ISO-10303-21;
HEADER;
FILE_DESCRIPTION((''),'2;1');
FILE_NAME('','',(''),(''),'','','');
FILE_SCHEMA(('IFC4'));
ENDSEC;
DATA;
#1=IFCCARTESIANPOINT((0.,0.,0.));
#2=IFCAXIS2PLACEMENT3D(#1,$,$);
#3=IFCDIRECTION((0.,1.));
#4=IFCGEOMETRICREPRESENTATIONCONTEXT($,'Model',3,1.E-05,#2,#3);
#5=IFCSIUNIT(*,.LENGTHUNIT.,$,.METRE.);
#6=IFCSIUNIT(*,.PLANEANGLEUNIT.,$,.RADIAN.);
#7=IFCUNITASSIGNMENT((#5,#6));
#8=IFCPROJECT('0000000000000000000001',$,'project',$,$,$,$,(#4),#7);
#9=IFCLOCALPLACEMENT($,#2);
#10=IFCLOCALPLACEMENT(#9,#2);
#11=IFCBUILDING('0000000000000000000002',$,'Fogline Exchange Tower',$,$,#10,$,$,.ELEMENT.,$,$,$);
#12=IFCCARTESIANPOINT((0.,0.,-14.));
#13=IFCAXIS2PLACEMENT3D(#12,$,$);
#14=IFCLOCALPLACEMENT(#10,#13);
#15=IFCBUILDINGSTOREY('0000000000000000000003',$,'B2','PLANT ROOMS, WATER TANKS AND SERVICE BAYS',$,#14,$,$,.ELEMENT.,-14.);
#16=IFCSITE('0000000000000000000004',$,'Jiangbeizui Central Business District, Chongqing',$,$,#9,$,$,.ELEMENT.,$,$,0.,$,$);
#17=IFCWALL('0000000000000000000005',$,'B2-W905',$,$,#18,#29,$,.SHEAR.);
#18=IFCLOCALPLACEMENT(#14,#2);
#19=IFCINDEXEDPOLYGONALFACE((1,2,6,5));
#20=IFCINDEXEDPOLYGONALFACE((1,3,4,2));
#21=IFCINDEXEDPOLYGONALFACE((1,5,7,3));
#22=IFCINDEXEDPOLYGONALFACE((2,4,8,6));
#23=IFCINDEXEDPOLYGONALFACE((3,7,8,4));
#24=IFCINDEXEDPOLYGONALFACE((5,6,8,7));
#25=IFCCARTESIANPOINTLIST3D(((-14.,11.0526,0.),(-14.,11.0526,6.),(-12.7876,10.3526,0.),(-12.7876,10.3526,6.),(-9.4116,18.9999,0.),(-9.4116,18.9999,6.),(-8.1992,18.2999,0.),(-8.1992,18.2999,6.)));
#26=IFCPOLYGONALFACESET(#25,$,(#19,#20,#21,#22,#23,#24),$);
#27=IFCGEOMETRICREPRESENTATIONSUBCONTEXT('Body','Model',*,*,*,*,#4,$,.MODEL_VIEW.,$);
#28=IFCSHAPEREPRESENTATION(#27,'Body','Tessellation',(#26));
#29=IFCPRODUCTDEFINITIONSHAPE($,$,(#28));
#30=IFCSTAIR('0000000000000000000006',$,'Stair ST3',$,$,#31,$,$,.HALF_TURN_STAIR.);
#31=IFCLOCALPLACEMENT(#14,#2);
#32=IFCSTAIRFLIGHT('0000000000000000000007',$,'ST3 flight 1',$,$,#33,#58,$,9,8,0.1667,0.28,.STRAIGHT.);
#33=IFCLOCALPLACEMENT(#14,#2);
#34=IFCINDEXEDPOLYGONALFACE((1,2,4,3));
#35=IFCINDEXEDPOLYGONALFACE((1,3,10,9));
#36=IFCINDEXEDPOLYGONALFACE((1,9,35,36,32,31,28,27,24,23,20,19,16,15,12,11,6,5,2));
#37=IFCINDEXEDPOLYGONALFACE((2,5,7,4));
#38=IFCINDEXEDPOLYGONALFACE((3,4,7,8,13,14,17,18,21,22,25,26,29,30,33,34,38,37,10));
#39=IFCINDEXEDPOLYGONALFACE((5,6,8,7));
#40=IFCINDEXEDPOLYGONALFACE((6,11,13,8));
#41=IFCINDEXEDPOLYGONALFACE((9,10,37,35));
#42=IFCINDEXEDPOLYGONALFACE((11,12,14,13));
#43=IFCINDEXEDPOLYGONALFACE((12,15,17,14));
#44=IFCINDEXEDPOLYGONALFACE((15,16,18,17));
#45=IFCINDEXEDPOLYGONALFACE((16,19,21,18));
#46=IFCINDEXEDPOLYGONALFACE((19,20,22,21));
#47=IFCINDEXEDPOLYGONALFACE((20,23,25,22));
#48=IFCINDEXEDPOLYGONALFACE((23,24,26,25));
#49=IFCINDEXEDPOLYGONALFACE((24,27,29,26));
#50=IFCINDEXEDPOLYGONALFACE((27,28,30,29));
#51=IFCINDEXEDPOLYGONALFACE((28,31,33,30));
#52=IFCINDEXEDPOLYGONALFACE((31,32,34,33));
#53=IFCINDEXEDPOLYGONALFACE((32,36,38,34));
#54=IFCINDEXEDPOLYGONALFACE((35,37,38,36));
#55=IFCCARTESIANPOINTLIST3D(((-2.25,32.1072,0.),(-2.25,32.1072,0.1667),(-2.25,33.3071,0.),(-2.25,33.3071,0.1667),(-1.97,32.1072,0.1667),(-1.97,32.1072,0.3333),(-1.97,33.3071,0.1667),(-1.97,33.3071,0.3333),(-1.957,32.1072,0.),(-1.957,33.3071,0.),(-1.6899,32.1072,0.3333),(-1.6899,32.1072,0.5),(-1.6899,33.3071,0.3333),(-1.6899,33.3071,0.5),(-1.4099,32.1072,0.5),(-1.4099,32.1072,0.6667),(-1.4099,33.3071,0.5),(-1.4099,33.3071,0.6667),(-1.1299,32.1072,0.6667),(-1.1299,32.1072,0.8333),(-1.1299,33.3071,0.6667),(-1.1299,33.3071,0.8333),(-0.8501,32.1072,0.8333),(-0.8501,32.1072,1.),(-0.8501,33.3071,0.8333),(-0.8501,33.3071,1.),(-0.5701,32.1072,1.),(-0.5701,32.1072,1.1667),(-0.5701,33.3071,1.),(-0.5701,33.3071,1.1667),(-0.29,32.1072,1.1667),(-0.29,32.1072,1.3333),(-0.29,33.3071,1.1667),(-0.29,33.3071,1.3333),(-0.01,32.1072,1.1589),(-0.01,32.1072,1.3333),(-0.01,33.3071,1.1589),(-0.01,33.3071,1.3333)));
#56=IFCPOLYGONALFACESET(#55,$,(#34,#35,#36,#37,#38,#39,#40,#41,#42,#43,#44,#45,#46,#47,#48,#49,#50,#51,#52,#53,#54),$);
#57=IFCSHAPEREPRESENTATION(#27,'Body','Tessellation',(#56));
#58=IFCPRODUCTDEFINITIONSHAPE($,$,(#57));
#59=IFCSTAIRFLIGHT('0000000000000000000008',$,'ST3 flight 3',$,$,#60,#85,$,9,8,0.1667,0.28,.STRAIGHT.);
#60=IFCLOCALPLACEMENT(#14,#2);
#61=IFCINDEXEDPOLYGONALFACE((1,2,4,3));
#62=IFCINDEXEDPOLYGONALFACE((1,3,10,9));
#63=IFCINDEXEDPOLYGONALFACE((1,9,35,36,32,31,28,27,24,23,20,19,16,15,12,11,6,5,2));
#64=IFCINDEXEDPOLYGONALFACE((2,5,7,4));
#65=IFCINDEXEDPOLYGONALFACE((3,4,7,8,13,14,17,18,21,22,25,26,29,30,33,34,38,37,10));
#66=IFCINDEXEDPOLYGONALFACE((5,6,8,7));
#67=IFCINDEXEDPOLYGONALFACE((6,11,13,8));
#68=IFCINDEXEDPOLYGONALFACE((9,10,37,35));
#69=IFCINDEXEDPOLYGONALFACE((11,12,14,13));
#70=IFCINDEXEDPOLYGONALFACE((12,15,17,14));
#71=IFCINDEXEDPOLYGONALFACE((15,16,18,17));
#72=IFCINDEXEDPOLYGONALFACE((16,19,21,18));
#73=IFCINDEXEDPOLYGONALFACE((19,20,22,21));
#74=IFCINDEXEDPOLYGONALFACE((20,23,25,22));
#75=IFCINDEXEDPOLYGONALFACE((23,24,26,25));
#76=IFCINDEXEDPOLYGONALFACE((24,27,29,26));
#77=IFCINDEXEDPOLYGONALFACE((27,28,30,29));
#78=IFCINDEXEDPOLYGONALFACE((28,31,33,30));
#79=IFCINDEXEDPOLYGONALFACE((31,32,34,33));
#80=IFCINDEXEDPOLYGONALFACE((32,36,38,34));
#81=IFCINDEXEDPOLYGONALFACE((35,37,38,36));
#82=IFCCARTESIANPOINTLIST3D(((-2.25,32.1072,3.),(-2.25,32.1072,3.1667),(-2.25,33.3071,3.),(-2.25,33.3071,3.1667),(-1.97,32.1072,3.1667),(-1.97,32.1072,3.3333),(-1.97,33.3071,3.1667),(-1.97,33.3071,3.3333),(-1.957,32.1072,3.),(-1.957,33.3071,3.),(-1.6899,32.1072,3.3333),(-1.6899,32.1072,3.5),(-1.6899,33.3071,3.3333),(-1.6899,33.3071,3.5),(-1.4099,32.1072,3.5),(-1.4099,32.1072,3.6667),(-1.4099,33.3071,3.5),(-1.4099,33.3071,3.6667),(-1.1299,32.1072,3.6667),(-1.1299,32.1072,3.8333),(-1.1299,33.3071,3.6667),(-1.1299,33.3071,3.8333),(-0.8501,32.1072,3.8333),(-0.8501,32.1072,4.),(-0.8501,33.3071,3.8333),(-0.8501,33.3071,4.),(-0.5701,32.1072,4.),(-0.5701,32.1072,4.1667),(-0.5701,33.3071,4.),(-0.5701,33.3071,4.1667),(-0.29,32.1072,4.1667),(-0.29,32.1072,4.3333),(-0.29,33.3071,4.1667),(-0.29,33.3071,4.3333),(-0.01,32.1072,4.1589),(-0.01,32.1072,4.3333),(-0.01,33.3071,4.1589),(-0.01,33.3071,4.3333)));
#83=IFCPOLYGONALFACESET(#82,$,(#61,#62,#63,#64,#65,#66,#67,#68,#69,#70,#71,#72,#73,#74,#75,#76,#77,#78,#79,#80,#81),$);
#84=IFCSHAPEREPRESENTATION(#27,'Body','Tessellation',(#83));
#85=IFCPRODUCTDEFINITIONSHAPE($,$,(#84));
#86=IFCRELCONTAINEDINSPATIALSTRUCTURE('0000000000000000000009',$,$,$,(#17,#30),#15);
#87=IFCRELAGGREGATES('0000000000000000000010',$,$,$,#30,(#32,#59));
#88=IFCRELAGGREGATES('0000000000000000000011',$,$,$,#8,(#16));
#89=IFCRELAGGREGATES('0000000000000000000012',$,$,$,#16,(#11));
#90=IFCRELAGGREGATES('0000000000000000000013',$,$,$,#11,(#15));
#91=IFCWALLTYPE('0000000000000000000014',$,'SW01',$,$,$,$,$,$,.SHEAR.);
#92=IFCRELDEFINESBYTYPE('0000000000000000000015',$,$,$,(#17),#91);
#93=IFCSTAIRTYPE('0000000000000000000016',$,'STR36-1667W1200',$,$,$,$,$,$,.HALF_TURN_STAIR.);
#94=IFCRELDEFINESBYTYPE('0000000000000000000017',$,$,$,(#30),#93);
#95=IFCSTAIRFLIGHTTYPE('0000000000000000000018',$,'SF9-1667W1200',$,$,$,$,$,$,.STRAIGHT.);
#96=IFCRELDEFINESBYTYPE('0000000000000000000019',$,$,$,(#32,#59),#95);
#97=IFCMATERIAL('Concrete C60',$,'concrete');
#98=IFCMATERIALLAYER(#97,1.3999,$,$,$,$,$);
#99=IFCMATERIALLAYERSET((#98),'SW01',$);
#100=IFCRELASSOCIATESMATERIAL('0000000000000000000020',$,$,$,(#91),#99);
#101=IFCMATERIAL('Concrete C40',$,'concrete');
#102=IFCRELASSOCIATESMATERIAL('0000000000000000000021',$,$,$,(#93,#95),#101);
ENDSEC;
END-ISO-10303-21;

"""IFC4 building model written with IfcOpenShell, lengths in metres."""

from ifc_helpers import new_model, si_unit, direction, frame, frame_2d, origin, place, context, subcontext, project, spatial, polyline, rectangle, outline, extrude, material, layer, layer_set, type_object, element, aggregate, save


model = new_model("IFC4")

# Units and contexts
model_context = context("Model", 3, precision=1e-05, world=origin(), true_north=direction((0.0, 1.0)))
body_context = subcontext(model_context, "Body", "Model", "MODEL_VIEW")
ifc_project = project(units=[si_unit("LENGTHUNIT", "METRE"), si_unit("PLANEANGLEUNIT", "RADIAN")], contexts=[model_context])

# Site, building, storey
site_placement = place(None, origin())
site = spatial("IfcSite", under=ifc_project, at=site_placement, Name="Jiangbeizui Central Business District, Chongqing", CompositionType="ELEMENT", RefElevation=0.0)
building_placement = place(site_placement, origin())
building = spatial("IfcBuilding", under=site, at=building_placement, Name="Fogline Exchange Tower", CompositionType="ELEMENT")
storey_placement = place(building_placement, frame((0.0, 0.0, -14.0)))
storey = spatial("IfcBuildingStorey", under=building, at=storey_placement, Name="B2", Description="PLANT ROOMS, WATER TANKS AND SERVICE BAYS", CompositionType="ELEMENT", Elevation=-14.0)

# Shared definitions
ifc_material_1 = material(Name="Concrete C40", Category="concrete")

# Wall
ifc_material_2 = material(Name="Concrete C60", Category="concrete")
ifc_layer_1 = layer(ifc_material_2, 1.3999)
ifc_layer_set_1 = layer_set([ifc_layer_1], Name="SW01")
wall_type_1 = type_object("IfcWallType", Name="SW01", PredefinedType="SHEAR", material=ifc_layer_set_1)
wall_1_placement = place(storey_placement, frame((-8.8054, 18.6499, 0.0), z_axis=(0.0, 0.0, 1.0), x_axis=(-0.500002, -0.866024, 0.0)))
element("IfcWall", 1, at=wall_1_placement, inside=storey, type_object=wall_type_1, Name="B2-W905", PredefinedType="SHEAR", context=body_context, shape_type="SweptSolid", body=[
    extrude(rectangle(XDim=9.1768, YDim=1.3999, at=frame_2d((4.5884, 0.0))), origin(), (0.0, 0.0, 1.0), 6.0),
])

# Stair, stair flights
stair_type = type_object("IfcStairType", Name="STR36-1667W1200", PredefinedType="HALF_TURN_STAIR", material=ifc_material_1)
stair_placement = place(storey_placement, origin())
stair = element("IfcStair", 2, at=stair_placement, inside=storey, type_object=stair_type, Name="Stair ST3", PredefinedType="HALF_TURN_STAIR")
stair_flight_type = type_object("IfcStairFlightType", Name="SF9-1667W1200", PredefinedType="STRAIGHT", material=ifc_material_1)
stair_flight_1_placement = place(storey_placement, frame((-2.25, 32.707, 0.0), z_axis=(0.0, 0.0, 1.0), x_axis=(1.0, 0.0, 0.0)))
stair_flight_1 = element("IfcStairFlight", 3, at=stair_flight_1_placement, type_object=stair_flight_type, Name="ST3 flight 1", NumberOfRisers=9, NumberOfTreads=8, PredefinedType="STRAIGHT", RiserHeight=0.1667, TreadLength=0.28, context=body_context, shape_type="SweptSolid", body=[
    extrude(outline(polyline([(0.0, 0.0), (0.0, 0.1667), (0.28, 0.1667), (0.28, 0.3333), (0.5601, 0.3333), (0.5601, 0.5), (0.8401, 0.5), (0.8401, 0.6667), (1.1201, 0.6667), (1.1201, 0.8333), (1.3999, 0.8333), (1.3999, 1.0), (1.6799, 1.0), (1.6799, 1.1667), (1.96, 1.1667), (1.96, 1.3333), (2.24, 1.3333), (2.24, 1.5), (2.24, 1.1589), (0.293, 0.0), (0.0, 0.0)])), frame((0.0, 0.6001, 0.0), z_axis=(0.0, -1.0, 0.0), x_axis=(1.0, 0.0, 0.0)), (0.0, 0.0, 1.0), 1.2),
])
stair_flight_2_placement = place(storey_placement, frame((-2.25, 32.707, 3.0), z_axis=(0.0, 0.0, 1.0), x_axis=(1.0, 0.0, 0.0)))
stair_flight_2 = element("IfcStairFlight", 4, at=stair_flight_2_placement, type_object=stair_flight_type, Name="ST3 flight 3", NumberOfRisers=9, NumberOfTreads=8, PredefinedType="STRAIGHT", RiserHeight=0.1667, TreadLength=0.28, context=body_context, shape_type="SweptSolid", body=[
    extrude(outline(polyline([(0.0, 0.0), (0.0, 0.1667), (0.28, 0.1667), (0.28, 0.3333), (0.5601, 0.3333), (0.5601, 0.5), (0.8401, 0.5), (0.8401, 0.6667), (1.1201, 0.6667), (1.1201, 0.8333), (1.3999, 0.8333), (1.3999, 1.0), (1.6799, 1.0), (1.6799, 1.1667), (1.96, 1.1667), (1.96, 1.3333), (2.24, 1.3333), (2.24, 1.5), (2.24, 1.1589), (0.293, 0.0), (0.0, 0.0)])), frame((0.0, 0.6001, 0.0), z_axis=(0.0, -1.0, 0.0), x_axis=(1.0, 0.0, 0.0)), (0.0, 0.0, 1.0), 1.2),
])
aggregate(stair, [stair_flight_1, stair_flight_2])

save(model, "model.ifc")
